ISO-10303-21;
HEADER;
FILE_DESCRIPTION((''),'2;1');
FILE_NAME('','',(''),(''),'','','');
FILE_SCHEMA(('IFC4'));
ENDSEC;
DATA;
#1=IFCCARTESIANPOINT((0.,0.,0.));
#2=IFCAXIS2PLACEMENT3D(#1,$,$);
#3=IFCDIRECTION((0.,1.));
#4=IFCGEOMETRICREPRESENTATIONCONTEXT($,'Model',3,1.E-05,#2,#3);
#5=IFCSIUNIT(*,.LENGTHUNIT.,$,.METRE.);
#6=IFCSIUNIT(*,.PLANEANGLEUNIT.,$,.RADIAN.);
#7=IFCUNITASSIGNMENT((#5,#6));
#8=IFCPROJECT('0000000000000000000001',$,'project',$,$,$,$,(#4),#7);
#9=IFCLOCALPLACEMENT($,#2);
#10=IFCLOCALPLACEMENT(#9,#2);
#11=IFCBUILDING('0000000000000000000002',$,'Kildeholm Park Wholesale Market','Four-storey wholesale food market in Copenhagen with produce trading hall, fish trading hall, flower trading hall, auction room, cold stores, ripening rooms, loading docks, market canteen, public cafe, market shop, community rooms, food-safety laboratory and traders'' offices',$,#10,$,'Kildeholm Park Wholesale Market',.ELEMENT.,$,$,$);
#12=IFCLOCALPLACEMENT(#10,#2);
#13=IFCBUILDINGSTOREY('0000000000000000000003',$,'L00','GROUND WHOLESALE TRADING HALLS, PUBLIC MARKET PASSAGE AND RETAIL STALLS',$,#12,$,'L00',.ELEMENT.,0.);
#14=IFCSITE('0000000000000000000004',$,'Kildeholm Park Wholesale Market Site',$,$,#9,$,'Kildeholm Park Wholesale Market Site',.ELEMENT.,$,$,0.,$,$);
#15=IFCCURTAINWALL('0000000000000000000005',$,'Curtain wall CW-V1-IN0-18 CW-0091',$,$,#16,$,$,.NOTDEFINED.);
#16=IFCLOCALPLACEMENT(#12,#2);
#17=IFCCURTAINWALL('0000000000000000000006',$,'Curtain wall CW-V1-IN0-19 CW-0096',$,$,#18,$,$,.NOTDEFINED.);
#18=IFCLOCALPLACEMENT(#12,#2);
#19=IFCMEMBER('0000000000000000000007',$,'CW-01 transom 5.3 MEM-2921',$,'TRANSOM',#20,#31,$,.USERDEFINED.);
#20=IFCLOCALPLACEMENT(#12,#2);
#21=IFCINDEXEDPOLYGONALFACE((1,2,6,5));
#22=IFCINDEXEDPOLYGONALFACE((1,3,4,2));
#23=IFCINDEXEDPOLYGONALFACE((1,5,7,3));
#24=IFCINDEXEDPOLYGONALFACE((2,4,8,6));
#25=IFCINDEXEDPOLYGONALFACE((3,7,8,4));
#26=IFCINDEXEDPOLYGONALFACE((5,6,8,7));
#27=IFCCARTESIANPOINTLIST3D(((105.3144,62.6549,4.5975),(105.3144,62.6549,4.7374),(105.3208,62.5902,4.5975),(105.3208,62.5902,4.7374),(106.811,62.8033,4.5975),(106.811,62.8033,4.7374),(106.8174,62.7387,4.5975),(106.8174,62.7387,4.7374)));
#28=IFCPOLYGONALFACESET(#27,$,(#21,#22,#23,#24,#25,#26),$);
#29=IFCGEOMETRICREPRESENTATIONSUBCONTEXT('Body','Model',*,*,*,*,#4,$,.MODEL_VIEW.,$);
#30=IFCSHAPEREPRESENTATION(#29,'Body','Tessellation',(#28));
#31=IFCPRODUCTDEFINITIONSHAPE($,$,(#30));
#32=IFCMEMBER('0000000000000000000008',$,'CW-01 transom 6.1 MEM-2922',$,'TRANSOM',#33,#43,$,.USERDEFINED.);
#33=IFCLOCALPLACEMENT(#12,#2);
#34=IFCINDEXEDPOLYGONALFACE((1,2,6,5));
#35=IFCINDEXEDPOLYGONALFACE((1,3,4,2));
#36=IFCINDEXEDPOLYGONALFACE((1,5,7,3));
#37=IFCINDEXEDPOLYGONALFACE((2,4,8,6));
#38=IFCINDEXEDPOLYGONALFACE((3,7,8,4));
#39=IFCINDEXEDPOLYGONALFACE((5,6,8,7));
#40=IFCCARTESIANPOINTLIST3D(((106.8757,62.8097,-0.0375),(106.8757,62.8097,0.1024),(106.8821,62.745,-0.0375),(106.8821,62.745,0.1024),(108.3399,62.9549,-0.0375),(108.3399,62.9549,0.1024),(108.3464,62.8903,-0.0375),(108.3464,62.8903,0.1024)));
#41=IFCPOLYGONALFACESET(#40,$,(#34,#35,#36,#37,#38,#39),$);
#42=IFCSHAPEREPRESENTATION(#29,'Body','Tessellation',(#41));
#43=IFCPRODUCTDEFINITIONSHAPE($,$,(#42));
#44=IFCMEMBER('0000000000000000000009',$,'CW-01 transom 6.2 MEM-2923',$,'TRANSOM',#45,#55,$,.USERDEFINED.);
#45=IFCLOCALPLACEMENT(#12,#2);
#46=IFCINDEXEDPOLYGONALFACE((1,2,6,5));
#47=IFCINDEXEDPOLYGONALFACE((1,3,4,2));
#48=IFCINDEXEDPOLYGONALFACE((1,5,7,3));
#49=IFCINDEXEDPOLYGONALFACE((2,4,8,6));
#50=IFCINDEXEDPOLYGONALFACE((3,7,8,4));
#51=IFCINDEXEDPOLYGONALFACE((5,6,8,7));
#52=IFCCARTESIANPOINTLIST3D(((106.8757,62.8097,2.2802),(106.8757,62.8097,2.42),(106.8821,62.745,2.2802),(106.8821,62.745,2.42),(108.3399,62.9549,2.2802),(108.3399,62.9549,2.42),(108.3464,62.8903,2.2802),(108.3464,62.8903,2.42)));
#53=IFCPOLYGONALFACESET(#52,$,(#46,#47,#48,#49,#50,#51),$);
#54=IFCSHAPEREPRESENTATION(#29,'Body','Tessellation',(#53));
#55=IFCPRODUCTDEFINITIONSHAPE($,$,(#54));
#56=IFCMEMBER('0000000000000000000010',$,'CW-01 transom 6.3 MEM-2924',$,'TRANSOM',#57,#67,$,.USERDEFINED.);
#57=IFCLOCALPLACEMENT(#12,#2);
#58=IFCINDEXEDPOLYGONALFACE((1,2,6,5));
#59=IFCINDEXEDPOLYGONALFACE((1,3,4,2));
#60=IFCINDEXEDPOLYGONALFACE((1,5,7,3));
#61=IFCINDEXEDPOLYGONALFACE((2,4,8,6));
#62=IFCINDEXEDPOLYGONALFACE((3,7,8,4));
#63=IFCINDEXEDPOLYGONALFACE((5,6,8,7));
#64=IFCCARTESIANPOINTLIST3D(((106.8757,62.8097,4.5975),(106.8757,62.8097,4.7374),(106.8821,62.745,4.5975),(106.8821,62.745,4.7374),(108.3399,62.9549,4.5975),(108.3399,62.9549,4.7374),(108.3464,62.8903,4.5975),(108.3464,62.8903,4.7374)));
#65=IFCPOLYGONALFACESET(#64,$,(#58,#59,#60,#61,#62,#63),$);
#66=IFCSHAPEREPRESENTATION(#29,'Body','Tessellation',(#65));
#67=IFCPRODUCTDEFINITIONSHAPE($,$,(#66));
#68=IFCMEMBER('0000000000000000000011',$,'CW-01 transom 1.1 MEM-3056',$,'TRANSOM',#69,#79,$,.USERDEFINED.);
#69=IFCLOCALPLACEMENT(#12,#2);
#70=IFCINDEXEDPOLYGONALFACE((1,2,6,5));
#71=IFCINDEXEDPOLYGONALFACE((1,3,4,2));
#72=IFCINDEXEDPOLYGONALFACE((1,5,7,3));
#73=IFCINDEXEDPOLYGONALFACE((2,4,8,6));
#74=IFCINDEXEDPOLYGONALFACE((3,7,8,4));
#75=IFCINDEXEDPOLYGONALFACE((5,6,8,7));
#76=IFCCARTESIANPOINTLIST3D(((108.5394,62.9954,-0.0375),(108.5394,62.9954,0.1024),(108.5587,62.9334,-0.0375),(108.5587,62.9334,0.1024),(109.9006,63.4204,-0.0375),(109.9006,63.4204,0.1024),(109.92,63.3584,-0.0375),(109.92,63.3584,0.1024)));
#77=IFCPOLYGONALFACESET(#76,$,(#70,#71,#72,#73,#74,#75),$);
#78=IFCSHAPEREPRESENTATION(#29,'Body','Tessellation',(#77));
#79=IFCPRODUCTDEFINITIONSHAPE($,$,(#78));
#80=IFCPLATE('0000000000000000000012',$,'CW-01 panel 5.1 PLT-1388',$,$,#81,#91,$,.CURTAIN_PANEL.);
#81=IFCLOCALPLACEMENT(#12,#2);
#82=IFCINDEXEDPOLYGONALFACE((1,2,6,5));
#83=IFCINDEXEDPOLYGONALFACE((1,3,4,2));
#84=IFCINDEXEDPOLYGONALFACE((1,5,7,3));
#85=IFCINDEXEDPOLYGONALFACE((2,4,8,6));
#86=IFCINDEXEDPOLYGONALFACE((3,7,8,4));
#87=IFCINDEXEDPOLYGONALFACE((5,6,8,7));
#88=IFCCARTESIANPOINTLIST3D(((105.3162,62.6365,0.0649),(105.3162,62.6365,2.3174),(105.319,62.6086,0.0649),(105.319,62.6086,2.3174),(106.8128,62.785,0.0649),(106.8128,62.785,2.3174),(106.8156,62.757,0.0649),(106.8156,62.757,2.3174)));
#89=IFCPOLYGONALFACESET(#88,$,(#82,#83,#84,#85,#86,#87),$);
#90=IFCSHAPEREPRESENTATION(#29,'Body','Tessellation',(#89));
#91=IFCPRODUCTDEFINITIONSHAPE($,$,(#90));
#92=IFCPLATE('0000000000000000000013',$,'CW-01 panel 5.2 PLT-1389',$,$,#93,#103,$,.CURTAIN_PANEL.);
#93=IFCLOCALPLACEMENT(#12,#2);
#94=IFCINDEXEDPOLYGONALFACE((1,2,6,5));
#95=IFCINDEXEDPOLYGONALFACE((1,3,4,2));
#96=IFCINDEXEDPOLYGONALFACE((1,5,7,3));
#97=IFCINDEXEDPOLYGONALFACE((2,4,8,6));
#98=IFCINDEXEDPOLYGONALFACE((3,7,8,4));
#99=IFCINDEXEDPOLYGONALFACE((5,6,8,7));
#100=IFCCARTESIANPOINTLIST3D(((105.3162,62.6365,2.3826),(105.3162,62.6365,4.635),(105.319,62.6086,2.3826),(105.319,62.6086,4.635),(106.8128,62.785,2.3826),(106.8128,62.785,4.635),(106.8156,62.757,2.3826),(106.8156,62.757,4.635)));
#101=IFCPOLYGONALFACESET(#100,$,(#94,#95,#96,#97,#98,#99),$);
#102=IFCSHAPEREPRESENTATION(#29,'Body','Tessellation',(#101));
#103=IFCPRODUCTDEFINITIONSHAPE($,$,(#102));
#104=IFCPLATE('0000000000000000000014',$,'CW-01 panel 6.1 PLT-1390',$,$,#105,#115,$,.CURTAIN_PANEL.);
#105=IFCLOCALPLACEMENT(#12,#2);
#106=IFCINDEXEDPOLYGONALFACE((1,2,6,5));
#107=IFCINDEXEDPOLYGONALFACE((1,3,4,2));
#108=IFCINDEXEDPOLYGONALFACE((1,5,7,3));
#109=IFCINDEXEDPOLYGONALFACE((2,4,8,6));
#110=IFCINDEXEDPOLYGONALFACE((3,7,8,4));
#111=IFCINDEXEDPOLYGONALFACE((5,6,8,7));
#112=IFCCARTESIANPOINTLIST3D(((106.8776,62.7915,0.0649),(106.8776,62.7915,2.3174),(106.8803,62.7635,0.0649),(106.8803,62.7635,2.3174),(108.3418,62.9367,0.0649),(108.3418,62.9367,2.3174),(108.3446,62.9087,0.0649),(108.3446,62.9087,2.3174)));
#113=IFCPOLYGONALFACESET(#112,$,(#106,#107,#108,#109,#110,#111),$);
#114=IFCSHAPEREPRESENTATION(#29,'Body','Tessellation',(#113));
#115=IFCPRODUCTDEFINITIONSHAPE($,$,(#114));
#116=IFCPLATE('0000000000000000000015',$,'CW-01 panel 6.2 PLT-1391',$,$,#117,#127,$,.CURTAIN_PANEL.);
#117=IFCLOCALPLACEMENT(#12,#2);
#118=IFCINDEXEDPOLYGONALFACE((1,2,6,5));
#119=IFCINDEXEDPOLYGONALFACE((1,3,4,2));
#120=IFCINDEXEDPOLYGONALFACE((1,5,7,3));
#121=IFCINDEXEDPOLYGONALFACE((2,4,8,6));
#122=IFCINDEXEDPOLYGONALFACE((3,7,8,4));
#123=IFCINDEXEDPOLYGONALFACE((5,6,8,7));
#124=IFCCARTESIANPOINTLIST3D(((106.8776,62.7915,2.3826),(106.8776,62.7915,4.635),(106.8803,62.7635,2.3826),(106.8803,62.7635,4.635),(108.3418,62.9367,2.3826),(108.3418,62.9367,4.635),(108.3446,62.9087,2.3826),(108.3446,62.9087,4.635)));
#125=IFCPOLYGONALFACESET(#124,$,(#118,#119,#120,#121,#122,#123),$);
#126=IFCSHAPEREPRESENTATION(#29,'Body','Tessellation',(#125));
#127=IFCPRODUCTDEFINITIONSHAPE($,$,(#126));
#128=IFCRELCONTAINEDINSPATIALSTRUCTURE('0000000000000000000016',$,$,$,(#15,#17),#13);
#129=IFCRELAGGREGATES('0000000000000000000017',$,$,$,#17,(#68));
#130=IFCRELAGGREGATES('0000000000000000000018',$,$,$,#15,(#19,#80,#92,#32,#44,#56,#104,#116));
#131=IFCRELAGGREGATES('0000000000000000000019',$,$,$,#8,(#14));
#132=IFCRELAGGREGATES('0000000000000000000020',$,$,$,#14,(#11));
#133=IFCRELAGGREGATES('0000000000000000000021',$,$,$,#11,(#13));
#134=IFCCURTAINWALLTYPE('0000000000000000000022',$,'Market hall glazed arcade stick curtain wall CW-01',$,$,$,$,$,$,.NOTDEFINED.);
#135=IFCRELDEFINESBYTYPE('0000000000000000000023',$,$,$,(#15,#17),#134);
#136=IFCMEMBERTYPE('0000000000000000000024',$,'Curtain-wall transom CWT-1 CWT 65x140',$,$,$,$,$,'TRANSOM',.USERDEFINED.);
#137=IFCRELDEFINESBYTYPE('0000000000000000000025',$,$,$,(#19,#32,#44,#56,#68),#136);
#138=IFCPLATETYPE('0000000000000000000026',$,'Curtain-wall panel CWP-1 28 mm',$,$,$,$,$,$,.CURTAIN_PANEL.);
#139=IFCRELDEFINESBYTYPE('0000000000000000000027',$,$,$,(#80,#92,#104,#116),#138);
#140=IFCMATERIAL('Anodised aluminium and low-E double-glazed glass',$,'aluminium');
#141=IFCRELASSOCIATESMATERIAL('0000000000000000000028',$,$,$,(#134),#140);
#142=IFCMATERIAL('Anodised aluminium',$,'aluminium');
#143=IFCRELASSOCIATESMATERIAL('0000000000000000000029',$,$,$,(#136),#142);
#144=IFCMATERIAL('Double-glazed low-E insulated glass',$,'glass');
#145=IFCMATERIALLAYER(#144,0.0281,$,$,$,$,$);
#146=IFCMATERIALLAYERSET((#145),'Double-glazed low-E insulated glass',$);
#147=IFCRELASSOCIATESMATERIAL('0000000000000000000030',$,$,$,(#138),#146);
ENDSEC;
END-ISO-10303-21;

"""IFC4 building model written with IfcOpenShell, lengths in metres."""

from ifc_helpers import new_model, si_unit, direction, frame, origin, origin_2d, place, context, subcontext, project, spatial, rectangle, extrude, material, layer, layer_set, material_profile, profile_set, type_object, element, aggregate, save


model = new_model("IFC4")

# Units and contexts
model_context = context("Model", 3, precision=1e-05, world=origin(), true_north=direction((0.0, 1.0)))
body_context = subcontext(model_context, "Body", "Model", "MODEL_VIEW")
ifc_project = project(units=[si_unit("LENGTHUNIT", "METRE"), si_unit("PLANEANGLEUNIT", "RADIAN")], contexts=[model_context])

# Site, building, storey
site_placement = place(None, origin())
site = spatial("IfcSite", under=ifc_project, at=site_placement, Name="Kildeholm Park Wholesale Market Site", LongName="Kildeholm Park Wholesale Market Site", CompositionType="ELEMENT", RefElevation=0.0)
building_placement = place(site_placement, origin())
building = spatial("IfcBuilding", under=site, at=building_placement, Name="Kildeholm Park Wholesale Market", Description="Four-storey wholesale food market in Copenhagen with produce trading hall, fish trading hall, flower trading hall, auction room, cold stores, ripening rooms, loading docks, market canteen, public cafe, market shop, community rooms, food-safety laboratory and traders' offices", LongName="Kildeholm Park Wholesale Market", CompositionType="ELEMENT")
storey_placement = place(building_placement, origin())
storey = spatial("IfcBuildingStorey", under=building, at=storey_placement, Name="L00", Description="GROUND WHOLESALE TRADING HALLS, PUBLIC MARKET PASSAGE AND RETAIL STALLS", LongName="L00", CompositionType="ELEMENT", Elevation=0.0)

# Curtain wall
ifc_material_1 = material(Name="Anodised aluminium and low-E double-glazed glass", Category="aluminium")
curtain_wall_type = type_object("IfcCurtainWallType", Name="Market hall glazed arcade stick curtain wall CW-01", PredefinedType="NOTDEFINED", material=ifc_material_1)
curtain_wall_1_placement = place(storey_placement, origin())
curtain_wall_1 = element("IfcCurtainWall", 1, at=curtain_wall_1_placement, inside=storey, type_object=curtain_wall_type, Name="Curtain wall CW-V1-IN0-18 CW-0091", PredefinedType="NOTDEFINED")
ifc_material_2 = material(Name="Anodised aluminium", Category="aluminium")

# Curtain wall
curtain_wall_2_placement = place(storey_placement, origin())
curtain_wall_2 = element("IfcCurtainWall", 2, at=curtain_wall_2_placement, inside=storey, type_object=curtain_wall_type, Name="Curtain wall CW-V1-IN0-19 CW-0096", PredefinedType="NOTDEFINED")

# Members
ifc_material_profile_1 = material_profile(ifc_material_2, rectangle(XDim=0.0649, YDim=0.1399, at=origin_2d()), Name="CWT 65x140")
ifc_profile_set_1 = profile_set([ifc_material_profile_1], Name="Anodised aluminium")
member_type_1 = type_object("IfcMemberType", Name="Curtain-wall transom CWT-1 CWT 65x140", ElementType="TRANSOM", PredefinedType="USERDEFINED", material=ifc_profile_set_1)
member_1_placement = place(storey_placement, frame((105.3176, 62.6226, 4.6675), z_axis=(0.995117, 0.0987, 0.0), x_axis=(-0.0987, 0.995117, 0.0)))
member_1 = element("IfcMember", 3, at=member_1_placement, type_object=member_type_1, Name="CW-01 transom 5.3 MEM-2921", ObjectType="TRANSOM", PredefinedType="USERDEFINED", context=body_context, shape_type="SweptSolid", body=[
    extrude(rectangle(XDim=0.0649, YDim=0.1399, at=origin_2d()), origin(), (0.0, 0.0, 1.0), 1.5039),
])
member_2_placement = place(storey_placement, frame((106.8789, 62.7773, 0.0325), z_axis=(0.995116, 0.098715, 0.0), x_axis=(-0.098715, 0.995116, 0.0)))
member_2 = element("IfcMember", 4, at=member_2_placement, type_object=member_type_1, Name="CW-01 transom 6.1 MEM-2922", ObjectType="TRANSOM", PredefinedType="USERDEFINED", context=body_context, shape_type="SweptSolid", body=[
    extrude(rectangle(XDim=0.0649, YDim=0.1399, at=origin_2d()), origin(), (0.0, 0.0, 1.0), 1.4714),
])
member_3_placement = place(storey_placement, frame((106.8789, 62.7773, 2.3501), z_axis=(0.995116, 0.098715, 0.0), x_axis=(-0.098715, 0.995116, 0.0)))
member_3 = element("IfcMember", 5, at=member_3_placement, type_object=member_type_1, Name="CW-01 transom 6.2 MEM-2923", ObjectType="TRANSOM", PredefinedType="USERDEFINED", context=body_context, shape_type="SweptSolid", body=[
    extrude(rectangle(XDim=0.0649, YDim=0.1399, at=origin_2d()), origin(), (0.0, 0.0, 1.0), 1.4714),
])
member_4_placement = place(storey_placement, frame((106.8789, 62.7773, 4.6675), z_axis=(0.995116, 0.098715, 0.0), x_axis=(-0.098715, 0.995116, 0.0)))
member_4 = element("IfcMember", 6, at=member_4_placement, type_object=member_type_1, Name="CW-01 transom 6.3 MEM-2924", ObjectType="TRANSOM", PredefinedType="USERDEFINED", context=body_context, shape_type="SweptSolid", body=[
    extrude(rectangle(XDim=0.0649, YDim=0.1399, at=origin_2d()), origin(), (0.0, 0.0, 1.0), 1.4714),
])
member_5_placement = place(storey_placement, frame((108.5491, 62.9644, 0.0325), z_axis=(0.954553, 0.298041, 0.0), x_axis=(-0.298041, 0.954553, 0.0)))
member_5 = element("IfcMember", 7, at=member_5_placement, type_object=member_type_1, Name="CW-01 transom 1.1 MEM-3056", ObjectType="TRANSOM", PredefinedType="USERDEFINED", context=body_context, shape_type="SweptSolid", body=[
    extrude(rectangle(XDim=0.0649, YDim=0.1399, at=origin_2d()), origin(), (0.0, 0.0, 1.0), 1.426),
])
aggregate(curtain_wall_2, [member_5])

# Plates
ifc_material_3 = material(Name="Double-glazed low-E insulated glass", Category="glass")
ifc_layer = layer(ifc_material_3, 0.0281)
ifc_layer_set = layer_set([ifc_layer], Name="Double-glazed low-E insulated glass")
plate_type = type_object("IfcPlateType", Name="Curtain-wall panel CWP-1 28 mm", PredefinedType="CURTAIN_PANEL", material=ifc_layer_set)
plate_1_placement = place(storey_placement, frame((106.0659, 62.6968, 0.0649), z_axis=(0.0, 0.0, 1.0), x_axis=(0.995119, 0.098683, 0.0)))
plate_1 = element("IfcPlate", 8, at=plate_1_placement, type_object=plate_type, Name="CW-01 panel 5.1 PLT-1388", PredefinedType="CURTAIN_PANEL", context=body_context, shape_type="SweptSolid", body=[
    extrude(rectangle(XDim=1.5039, YDim=0.0281, at=origin_2d()), origin(), (0.0, 0.0, 1.0), 2.2524),
])
plate_2_placement = place(storey_placement, frame((106.0659, 62.6968, 2.3826), z_axis=(0.0, 0.0, 1.0), x_axis=(0.995119, 0.098683, 0.0)))
plate_2 = element("IfcPlate", 9, at=plate_2_placement, type_object=plate_type, Name="CW-01 panel 5.2 PLT-1389", PredefinedType="CURTAIN_PANEL", context=body_context, shape_type="SweptSolid", body=[
    extrude(rectangle(XDim=1.5039, YDim=0.0281, at=origin_2d()), origin(), (0.0, 0.0, 1.0), 2.2524),
])
plate_3_placement = place(storey_placement, frame((107.6111, 62.8501, 0.0649), z_axis=(0.0, 0.0, 1.0), x_axis=(0.995119, 0.098683, 0.0)))
plate_3 = element("IfcPlate", 10, at=plate_3_placement, type_object=plate_type, Name="CW-01 panel 6.1 PLT-1390", PredefinedType="CURTAIN_PANEL", context=body_context, shape_type="SweptSolid", body=[
    extrude(rectangle(XDim=1.4714, YDim=0.0281, at=origin_2d()), origin(), (0.0, 0.0, 1.0), 2.2524),
])
plate_4_placement = place(storey_placement, frame((107.6111, 62.8501, 2.3826), z_axis=(0.0, 0.0, 1.0), x_axis=(0.995119, 0.098683, 0.0)))
plate_4 = element("IfcPlate", 11, at=plate_4_placement, type_object=plate_type, Name="CW-01 panel 6.2 PLT-1391", PredefinedType="CURTAIN_PANEL", context=body_context, shape_type="SweptSolid", body=[
    extrude(rectangle(XDim=1.4714, YDim=0.0281, at=origin_2d()), origin(), (0.0, 0.0, 1.0), 2.2524),
])
aggregate(curtain_wall_1, [member_1, plate_1, plate_2, member_2, member_3, member_4, plate_3, plate_4])

save(model, "model.ifc")
